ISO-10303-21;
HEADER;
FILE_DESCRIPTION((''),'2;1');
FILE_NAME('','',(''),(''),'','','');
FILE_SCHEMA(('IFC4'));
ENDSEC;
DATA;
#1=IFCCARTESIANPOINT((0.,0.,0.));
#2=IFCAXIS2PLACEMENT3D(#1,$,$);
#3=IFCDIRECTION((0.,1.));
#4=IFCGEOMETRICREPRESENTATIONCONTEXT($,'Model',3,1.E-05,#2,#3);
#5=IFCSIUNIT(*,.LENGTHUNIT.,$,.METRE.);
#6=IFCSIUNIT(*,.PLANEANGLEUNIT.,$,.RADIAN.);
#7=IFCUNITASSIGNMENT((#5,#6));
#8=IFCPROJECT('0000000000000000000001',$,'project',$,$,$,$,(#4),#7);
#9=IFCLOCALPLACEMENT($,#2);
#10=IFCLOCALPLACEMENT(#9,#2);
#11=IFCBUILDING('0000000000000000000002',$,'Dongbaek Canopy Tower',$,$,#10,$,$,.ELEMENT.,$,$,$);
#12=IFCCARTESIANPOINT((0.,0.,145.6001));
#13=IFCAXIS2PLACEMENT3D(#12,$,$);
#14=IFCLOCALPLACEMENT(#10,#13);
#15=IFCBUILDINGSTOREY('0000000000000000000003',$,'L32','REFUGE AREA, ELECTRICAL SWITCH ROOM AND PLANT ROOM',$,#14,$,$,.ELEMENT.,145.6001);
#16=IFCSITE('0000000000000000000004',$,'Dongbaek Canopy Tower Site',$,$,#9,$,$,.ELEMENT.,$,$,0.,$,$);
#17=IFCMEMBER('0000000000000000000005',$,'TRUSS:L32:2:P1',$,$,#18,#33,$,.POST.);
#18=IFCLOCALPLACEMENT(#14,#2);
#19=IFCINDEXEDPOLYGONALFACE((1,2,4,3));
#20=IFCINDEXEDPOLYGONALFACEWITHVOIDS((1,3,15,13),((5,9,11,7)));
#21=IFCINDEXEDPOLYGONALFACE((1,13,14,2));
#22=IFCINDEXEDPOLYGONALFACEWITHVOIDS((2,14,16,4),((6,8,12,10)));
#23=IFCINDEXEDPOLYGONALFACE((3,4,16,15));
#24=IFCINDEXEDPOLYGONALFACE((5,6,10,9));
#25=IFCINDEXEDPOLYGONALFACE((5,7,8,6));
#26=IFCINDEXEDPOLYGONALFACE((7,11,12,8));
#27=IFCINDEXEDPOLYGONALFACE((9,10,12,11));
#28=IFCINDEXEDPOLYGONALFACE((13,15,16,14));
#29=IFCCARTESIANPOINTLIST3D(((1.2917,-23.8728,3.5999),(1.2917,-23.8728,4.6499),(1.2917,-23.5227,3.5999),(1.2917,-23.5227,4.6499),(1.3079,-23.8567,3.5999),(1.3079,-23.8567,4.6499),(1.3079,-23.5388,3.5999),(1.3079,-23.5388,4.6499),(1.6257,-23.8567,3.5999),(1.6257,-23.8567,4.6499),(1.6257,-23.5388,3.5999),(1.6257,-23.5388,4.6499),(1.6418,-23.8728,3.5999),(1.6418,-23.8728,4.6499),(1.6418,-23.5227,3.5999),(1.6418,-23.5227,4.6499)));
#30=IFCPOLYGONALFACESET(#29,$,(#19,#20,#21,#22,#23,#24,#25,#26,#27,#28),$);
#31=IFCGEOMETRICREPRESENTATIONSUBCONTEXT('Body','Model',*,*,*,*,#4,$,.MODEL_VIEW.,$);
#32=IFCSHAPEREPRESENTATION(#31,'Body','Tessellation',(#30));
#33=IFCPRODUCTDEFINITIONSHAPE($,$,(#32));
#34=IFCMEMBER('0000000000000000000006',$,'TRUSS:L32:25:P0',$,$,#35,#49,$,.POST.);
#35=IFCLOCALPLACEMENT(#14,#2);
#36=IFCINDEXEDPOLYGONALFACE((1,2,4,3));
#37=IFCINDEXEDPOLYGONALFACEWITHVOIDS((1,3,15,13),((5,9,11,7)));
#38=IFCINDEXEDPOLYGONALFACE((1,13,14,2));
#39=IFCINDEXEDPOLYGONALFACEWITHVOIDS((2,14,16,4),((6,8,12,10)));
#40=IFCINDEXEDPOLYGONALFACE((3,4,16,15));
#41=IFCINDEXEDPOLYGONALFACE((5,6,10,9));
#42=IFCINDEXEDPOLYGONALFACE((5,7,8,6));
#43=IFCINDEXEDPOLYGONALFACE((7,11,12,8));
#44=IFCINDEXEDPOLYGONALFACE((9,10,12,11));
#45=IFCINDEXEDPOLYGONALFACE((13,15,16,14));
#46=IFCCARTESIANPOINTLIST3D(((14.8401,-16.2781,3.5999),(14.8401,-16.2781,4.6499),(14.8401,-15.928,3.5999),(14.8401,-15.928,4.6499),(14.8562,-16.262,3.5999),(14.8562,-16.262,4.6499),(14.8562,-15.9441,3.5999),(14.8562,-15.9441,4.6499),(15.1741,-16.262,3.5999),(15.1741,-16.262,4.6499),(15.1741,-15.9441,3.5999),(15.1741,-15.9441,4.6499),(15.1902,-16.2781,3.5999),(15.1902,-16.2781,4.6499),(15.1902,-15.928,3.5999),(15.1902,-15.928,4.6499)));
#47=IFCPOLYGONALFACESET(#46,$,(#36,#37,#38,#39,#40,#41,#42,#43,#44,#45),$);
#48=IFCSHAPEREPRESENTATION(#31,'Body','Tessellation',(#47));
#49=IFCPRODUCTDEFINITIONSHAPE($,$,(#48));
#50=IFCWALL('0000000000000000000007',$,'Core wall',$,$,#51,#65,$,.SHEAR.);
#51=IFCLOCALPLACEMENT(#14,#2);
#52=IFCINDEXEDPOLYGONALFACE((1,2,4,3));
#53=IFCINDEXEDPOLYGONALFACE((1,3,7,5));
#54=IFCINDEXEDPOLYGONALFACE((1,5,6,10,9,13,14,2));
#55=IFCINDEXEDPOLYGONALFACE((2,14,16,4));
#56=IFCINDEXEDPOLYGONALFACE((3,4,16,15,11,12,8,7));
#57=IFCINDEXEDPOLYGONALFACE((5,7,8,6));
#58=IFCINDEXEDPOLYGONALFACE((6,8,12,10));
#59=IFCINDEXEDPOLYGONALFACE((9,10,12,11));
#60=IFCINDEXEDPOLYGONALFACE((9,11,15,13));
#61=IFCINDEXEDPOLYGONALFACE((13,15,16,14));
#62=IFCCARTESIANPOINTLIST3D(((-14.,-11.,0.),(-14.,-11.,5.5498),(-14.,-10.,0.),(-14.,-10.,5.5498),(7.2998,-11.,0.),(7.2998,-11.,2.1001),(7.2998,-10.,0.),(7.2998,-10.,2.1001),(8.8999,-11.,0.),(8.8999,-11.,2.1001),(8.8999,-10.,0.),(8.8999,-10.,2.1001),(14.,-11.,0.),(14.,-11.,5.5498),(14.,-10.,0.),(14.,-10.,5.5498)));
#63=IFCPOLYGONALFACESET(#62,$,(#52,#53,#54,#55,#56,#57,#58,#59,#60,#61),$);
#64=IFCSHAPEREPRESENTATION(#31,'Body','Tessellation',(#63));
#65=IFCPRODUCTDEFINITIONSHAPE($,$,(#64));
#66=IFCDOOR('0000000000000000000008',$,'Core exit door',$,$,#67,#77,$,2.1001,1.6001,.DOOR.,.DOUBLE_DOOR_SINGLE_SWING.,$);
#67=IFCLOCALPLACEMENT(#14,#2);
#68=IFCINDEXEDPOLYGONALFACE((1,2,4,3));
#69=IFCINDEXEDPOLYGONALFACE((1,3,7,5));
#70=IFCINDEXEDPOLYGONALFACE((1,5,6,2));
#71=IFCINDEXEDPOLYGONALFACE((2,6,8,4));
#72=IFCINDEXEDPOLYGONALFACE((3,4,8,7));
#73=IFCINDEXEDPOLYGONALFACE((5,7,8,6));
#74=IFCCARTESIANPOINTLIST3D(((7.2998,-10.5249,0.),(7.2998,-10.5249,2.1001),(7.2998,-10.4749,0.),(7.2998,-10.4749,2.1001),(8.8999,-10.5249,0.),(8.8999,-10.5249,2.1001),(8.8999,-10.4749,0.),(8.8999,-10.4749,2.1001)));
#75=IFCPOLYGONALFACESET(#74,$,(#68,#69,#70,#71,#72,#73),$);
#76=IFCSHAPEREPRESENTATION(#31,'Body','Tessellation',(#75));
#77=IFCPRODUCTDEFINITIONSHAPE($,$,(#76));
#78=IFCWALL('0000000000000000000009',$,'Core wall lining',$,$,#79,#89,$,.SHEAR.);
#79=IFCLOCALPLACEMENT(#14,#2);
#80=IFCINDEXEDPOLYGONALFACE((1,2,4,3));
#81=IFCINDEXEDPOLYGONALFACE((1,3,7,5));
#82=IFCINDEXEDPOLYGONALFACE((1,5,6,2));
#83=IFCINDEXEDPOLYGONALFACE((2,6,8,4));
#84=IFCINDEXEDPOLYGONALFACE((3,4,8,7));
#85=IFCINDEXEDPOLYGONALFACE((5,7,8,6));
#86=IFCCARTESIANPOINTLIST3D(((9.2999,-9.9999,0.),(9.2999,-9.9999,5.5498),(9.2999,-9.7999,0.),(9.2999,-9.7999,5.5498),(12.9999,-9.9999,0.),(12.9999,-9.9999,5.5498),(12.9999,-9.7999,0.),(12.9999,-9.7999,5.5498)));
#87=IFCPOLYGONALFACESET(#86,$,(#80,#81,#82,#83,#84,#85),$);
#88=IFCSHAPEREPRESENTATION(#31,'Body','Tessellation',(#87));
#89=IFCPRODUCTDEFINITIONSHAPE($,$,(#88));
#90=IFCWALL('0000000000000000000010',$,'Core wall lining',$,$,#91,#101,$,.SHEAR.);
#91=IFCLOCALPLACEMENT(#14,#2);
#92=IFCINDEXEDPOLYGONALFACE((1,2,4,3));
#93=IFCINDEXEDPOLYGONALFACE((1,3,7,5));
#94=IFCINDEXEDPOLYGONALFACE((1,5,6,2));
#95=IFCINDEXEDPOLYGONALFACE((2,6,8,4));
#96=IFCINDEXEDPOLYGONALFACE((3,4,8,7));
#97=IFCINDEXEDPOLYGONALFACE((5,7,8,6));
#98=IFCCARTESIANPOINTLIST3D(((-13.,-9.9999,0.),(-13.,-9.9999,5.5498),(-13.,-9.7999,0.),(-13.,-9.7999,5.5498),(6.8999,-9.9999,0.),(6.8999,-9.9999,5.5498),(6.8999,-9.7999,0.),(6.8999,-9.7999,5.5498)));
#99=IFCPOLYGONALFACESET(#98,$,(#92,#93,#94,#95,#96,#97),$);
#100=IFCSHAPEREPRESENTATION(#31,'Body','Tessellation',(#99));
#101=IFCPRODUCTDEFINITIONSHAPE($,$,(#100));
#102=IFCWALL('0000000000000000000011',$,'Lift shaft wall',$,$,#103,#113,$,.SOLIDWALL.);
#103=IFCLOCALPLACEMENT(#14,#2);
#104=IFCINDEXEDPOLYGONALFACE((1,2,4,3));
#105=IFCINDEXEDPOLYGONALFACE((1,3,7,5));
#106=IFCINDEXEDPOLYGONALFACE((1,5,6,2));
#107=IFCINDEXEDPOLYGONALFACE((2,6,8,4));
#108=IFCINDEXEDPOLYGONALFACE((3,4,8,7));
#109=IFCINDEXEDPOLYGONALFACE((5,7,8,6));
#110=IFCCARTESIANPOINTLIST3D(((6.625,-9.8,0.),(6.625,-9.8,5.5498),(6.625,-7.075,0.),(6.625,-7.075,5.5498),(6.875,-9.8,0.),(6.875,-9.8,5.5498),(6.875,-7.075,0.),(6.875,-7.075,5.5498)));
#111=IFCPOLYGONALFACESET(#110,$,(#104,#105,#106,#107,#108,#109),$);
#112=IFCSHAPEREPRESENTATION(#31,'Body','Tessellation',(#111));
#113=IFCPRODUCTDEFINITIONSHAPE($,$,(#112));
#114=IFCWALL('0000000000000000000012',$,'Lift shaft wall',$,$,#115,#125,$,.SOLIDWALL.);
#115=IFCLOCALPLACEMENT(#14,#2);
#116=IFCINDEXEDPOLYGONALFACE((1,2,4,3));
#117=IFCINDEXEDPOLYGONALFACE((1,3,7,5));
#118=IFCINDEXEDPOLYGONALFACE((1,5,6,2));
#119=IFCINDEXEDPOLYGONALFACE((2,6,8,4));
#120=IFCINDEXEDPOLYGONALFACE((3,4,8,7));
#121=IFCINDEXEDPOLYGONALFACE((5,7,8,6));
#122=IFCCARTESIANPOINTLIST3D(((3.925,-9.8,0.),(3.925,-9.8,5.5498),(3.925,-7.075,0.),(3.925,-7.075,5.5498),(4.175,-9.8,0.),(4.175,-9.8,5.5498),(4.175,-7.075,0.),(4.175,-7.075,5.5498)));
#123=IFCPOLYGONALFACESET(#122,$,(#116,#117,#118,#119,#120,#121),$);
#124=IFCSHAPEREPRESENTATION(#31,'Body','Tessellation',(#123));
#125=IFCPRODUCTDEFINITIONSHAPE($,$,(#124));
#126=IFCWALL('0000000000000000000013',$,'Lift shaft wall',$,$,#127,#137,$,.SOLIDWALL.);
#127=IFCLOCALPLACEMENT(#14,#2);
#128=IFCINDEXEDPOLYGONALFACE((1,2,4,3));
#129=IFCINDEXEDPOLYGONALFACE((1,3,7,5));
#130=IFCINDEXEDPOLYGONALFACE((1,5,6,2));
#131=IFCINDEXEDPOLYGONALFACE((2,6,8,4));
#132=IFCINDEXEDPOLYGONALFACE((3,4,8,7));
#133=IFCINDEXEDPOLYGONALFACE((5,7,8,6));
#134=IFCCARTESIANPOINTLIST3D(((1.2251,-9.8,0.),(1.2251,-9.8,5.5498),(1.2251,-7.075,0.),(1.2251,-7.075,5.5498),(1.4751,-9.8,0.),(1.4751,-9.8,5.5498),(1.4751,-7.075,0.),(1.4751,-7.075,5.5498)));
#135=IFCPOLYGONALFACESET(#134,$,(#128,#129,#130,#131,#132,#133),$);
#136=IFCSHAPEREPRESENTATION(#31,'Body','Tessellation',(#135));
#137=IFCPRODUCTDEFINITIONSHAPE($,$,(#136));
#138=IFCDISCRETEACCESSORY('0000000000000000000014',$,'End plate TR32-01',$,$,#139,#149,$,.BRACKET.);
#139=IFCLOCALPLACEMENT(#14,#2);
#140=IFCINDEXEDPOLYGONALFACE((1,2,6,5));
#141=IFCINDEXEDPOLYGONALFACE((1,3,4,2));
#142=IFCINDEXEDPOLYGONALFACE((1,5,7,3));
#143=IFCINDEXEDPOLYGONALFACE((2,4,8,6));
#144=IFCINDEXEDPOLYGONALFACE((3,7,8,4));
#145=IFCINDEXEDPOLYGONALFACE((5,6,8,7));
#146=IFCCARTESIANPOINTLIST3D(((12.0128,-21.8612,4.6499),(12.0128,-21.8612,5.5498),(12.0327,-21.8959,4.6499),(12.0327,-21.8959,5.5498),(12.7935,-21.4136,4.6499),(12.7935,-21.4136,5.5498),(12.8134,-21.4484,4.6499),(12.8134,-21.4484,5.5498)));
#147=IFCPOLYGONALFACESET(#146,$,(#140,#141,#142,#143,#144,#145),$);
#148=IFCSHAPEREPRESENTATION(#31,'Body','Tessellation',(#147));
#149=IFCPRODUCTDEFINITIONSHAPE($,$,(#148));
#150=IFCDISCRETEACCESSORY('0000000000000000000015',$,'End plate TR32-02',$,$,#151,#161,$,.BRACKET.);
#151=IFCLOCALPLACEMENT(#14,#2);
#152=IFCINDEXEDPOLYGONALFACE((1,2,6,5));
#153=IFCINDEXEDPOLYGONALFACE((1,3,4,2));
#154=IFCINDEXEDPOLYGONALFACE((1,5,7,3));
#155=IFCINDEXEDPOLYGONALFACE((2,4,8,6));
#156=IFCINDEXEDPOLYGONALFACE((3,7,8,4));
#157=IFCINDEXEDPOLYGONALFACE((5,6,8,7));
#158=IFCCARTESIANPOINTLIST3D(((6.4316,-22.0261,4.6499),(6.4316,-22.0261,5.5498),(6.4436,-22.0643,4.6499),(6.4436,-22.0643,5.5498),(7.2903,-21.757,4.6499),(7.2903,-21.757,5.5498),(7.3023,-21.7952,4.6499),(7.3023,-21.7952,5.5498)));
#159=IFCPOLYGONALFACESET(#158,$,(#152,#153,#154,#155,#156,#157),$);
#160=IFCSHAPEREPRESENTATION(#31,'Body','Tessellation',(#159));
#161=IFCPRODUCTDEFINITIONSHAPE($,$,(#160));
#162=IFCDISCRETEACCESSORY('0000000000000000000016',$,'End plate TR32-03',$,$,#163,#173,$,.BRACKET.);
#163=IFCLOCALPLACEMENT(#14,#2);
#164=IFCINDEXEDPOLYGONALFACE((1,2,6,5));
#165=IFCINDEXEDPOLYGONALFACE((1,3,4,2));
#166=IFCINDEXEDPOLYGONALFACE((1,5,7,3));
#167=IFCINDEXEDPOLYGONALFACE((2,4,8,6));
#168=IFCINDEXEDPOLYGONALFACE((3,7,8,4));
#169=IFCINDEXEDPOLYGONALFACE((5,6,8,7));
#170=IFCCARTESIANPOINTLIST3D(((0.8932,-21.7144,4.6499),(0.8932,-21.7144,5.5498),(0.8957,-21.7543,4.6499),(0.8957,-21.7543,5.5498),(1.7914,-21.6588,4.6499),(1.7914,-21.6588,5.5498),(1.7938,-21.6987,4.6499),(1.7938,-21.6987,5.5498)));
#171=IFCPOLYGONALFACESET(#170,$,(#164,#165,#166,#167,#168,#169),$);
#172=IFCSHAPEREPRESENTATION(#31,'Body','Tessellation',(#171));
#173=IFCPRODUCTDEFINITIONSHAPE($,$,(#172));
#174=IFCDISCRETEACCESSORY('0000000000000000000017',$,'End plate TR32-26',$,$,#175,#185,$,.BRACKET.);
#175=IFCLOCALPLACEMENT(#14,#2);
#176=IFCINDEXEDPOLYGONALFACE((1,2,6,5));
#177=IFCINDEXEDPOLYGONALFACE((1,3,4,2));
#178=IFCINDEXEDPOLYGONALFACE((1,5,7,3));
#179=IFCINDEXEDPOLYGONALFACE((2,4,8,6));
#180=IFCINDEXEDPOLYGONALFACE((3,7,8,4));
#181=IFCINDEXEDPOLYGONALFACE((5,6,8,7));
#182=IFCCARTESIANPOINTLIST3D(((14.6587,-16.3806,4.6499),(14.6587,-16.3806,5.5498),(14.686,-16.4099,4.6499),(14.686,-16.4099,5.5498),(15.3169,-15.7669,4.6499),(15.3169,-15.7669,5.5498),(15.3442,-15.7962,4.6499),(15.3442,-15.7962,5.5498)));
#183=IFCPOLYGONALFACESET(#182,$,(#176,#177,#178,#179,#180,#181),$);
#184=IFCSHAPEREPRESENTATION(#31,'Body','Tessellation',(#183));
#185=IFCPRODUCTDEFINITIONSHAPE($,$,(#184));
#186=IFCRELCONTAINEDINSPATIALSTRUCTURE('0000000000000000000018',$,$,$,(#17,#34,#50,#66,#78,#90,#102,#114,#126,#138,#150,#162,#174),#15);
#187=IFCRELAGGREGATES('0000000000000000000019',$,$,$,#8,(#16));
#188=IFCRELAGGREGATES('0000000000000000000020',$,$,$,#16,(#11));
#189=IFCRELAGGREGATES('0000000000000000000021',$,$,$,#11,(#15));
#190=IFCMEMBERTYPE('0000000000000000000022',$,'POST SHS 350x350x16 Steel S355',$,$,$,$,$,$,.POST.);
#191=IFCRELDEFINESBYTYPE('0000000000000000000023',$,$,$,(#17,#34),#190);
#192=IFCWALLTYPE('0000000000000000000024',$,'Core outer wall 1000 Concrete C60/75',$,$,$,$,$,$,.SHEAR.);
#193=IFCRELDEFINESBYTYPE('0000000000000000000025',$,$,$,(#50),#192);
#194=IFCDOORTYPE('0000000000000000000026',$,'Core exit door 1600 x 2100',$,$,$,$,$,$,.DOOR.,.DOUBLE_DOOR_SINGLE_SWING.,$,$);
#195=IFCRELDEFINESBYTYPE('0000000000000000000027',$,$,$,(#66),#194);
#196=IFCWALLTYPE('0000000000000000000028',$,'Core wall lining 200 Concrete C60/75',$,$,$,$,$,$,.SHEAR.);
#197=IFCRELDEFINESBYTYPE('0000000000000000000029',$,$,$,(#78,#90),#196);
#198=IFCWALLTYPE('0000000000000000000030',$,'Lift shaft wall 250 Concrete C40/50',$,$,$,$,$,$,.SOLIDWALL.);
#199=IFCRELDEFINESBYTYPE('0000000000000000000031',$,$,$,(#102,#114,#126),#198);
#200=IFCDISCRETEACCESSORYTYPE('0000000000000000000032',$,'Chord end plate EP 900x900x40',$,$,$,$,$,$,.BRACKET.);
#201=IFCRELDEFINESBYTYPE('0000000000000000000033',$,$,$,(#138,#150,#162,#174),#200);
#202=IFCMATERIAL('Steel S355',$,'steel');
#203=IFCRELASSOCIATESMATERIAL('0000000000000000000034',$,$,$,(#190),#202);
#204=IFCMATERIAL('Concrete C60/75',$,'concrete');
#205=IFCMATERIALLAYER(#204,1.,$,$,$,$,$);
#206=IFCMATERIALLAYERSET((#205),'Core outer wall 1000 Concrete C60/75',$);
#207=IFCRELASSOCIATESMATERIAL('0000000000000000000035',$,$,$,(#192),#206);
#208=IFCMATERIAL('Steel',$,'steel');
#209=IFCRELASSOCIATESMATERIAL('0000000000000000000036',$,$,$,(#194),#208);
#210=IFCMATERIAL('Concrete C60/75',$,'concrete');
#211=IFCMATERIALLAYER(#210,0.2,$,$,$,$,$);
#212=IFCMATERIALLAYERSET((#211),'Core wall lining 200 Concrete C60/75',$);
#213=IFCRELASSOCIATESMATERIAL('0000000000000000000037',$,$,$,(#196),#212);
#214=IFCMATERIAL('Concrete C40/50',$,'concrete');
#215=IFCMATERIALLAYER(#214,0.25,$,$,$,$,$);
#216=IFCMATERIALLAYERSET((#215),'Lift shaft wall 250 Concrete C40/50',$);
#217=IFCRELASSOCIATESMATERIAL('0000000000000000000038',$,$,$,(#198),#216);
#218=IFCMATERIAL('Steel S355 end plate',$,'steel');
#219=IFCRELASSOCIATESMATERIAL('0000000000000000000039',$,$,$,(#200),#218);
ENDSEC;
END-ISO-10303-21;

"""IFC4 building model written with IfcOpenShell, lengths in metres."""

from ifc_helpers import new_model, si_unit, direction, frame, frame_2d, origin, origin_2d, place, context, subcontext, project, spatial, rectangle, hollow_rectangle, extrude, material, layer, layer_set, material_profile, profile_set, type_object, element, fill, save


model = new_model("IFC4")

# Units and contexts
model_context = context("Model", 3, precision=1e-05, world=origin(), true_north=direction((0.0, 1.0)))
body_context = subcontext(model_context, "Body", "Model", "MODEL_VIEW")
ifc_project = project(units=[si_unit("LENGTHUNIT", "METRE"), si_unit("PLANEANGLEUNIT", "RADIAN")], contexts=[model_context])

# Site, building, storey
site_placement = place(None, origin())
site = spatial("IfcSite", under=ifc_project, at=site_placement, Name="Dongbaek Canopy Tower Site", CompositionType="ELEMENT", RefElevation=0.0)
building_placement = place(site_placement, origin())
building = spatial("IfcBuilding", under=site, at=building_placement, Name="Dongbaek Canopy Tower", CompositionType="ELEMENT")
storey_placement = place(building_placement, frame((0.0, 0.0, 145.6001)))
storey = spatial("IfcBuildingStorey", under=building, at=storey_placement, Name="L32", Description="REFUGE AREA, ELECTRICAL SWITCH ROOM AND PLANT ROOM", CompositionType="ELEMENT", Elevation=145.6001)

# Members
ifc_material_1 = material(Name="Steel S355", Category="steel")
ifc_material_profile_1 = material_profile(ifc_material_1, hollow_rectangle(XDim=0.3501, YDim=0.3501, WallThickness=0.0161, at=origin_2d()), Name="POST SHS 350x350x16 Steel S355")
ifc_profile_set_1 = profile_set([ifc_material_profile_1], Name="Steel S355")
member_type_1 = type_object("IfcMemberType", Name="POST SHS 350x350x16 Steel S355", PredefinedType="POST", material=ifc_profile_set_1)
for number, where, z_axis, x_axis, name in (
    (1, (1.4668, -23.6978, 3.5999), (0.0, 0.0, 1.0), (1.0, 0.0, 0.0), "TRUSS:L32:2:P1"),
    (2, (15.0151, -16.103, 3.5999), (0.0, 0.0, 1.0), (1.0, 0.0, 0.0), "TRUSS:L32:25:P0"),
):
    element("IfcMember", number, at=place(storey_placement, frame(where, z_axis=z_axis, x_axis=x_axis)), inside=storey, type_object=member_type_1, Name=name, PredefinedType="POST", context=body_context, shape_type="SweptSolid", body=[
        extrude(hollow_rectangle(XDim=0.3501, YDim=0.3501, WallThickness=0.0161, at=origin_2d()), origin(), (0.0, 0.0, 1.0), 1.05),
    ])

# Wall, opening, door
ifc_material_2 = material(Name="Concrete C60/75", Category="concrete")
ifc_layer_1 = layer(ifc_material_2, 1.0)
ifc_layer_set_1 = layer_set([ifc_layer_1], Name="Core outer wall 1000 Concrete C60/75")
wall_type_1 = type_object("IfcWallType", Name="Core outer wall 1000 Concrete C60/75", PredefinedType="SHEAR", material=ifc_layer_set_1)
wall_1_placement = place(storey_placement, frame((14.0, -10.5, 0.0), z_axis=(0.0, 0.0, 1.0), x_axis=(-1.0, 0.0, 0.0)))
wall_1 = element("IfcWall", 3, at=wall_1_placement, inside=storey, type_object=wall_type_1, Name="Core wall", PredefinedType="SHEAR", context=body_context, shape_type="SweptSolid", body=[
    extrude(rectangle(XDim=28.0, YDim=1.0, at=frame_2d((14.0, 0.0))), origin(), (0.0, 0.0, 1.0), 5.5498),
])
opening_placement = place(wall_1_placement, frame((5.1001, 0.0, 0.0)))
opening = element("IfcOpeningElement", 4, at=opening_placement, cuts=wall_1, PredefinedType="OPENING", context=body_context, shape_type="SweptSolid", body=[
    extrude(rectangle(XDim=1.6001, YDim=2.1001, at=frame_2d((0.8, 1.05))), frame((0.0, 0.51, 0.0), z_axis=(0.0, -1.0, 0.0), x_axis=(1.0, 0.0, 0.0)), (0.0, 0.0, 1.0), 1.02),
])
ifc_material_3 = material(Name="Steel", Category="steel")
door_type = type_object("IfcDoorType", Name="Core exit door 1600 x 2100", OperationType="DOUBLE_DOOR_SINGLE_SWING", PredefinedType="DOOR", material=ifc_material_3)
door_placement = place(opening_placement, origin())
door = element("IfcDoor", 5, at=door_placement, inside=storey, type_object=door_type, Name="Core exit door", OperationType="DOUBLE_DOOR_SINGLE_SWING", OverallHeight=2.1001, OverallWidth=1.6001, PredefinedType="DOOR", context=body_context, shape_type="SweptSolid", body=[
    extrude(rectangle(XDim=1.6001, YDim=2.1001, at=frame_2d((0.8, 1.05))), frame((0.0, 0.0249, 0.0), z_axis=(0.0, -1.0, 0.0), x_axis=(1.0, 0.0, 0.0)), (0.0, 0.0, 1.0), 0.05),
])
fill(opening, door)

# Walls
ifc_material_4 = material(Name="Concrete C60/75", Category="concrete")
ifc_layer_2 = layer(ifc_material_4, 0.2)
ifc_layer_set_2 = layer_set([ifc_layer_2], Name="Core wall lining 200 Concrete C60/75")
wall_type_2 = type_object("IfcWallType", Name="Core wall lining 200 Concrete C60/75", PredefinedType="SHEAR", material=ifc_layer_set_2)
wall_2_placement = place(storey_placement, frame((13.0, -9.8999, 0.0), z_axis=(0.0, 0.0, 1.0), x_axis=(-1.0, 0.0, 0.0)))
element("IfcWall", 6, at=wall_2_placement, inside=storey, type_object=wall_type_2, Name="Core wall lining", PredefinedType="SHEAR", context=body_context, shape_type="SweptSolid", body=[
    extrude(rectangle(XDim=3.7, YDim=0.2, at=frame_2d((1.8501, 0.0))), origin(), (0.0, 0.0, 1.0), 5.5498),
])
wall_3_placement = place(storey_placement, frame((6.8999, -9.8999, 0.0), z_axis=(0.0, 0.0, 1.0), x_axis=(-1.0, 0.0, 0.0)))
element("IfcWall", 7, at=wall_3_placement, inside=storey, type_object=wall_type_2, Name="Core wall lining", PredefinedType="SHEAR", context=body_context, shape_type="SweptSolid", body=[
    extrude(rectangle(XDim=19.8999, YDim=0.2, at=frame_2d((9.95, 0.0))), origin(), (0.0, 0.0, 1.0), 5.5498),
])
ifc_material_5 = material(Name="Concrete C40/50", Category="concrete")
ifc_layer_3 = layer(ifc_material_5, 0.25)
ifc_layer_set_3 = layer_set([ifc_layer_3], Name="Lift shaft wall 250 Concrete C40/50")
wall_type_3 = type_object("IfcWallType", Name="Lift shaft wall 250 Concrete C40/50", PredefinedType="SOLIDWALL", material=ifc_layer_set_3)
for number, where, z_axis, x_axis, name in (
    (8, (6.75, -9.8, 0.0), (0.0, 0.0, 1.0), (0.0, 1.0, 0.0), "Lift shaft wall"),
    (9, (4.05, -9.8, 0.0), (0.0, 0.0, 1.0), (0.0, 1.0, 0.0), "Lift shaft wall"),
    (10, (1.3501, -9.8, 0.0), (0.0, 0.0, 1.0), (0.0, 1.0, 0.0), "Lift shaft wall"),
):
    element("IfcWall", number, at=place(storey_placement, frame(where, z_axis=z_axis, x_axis=x_axis)), inside=storey, type_object=wall_type_3, Name=name, PredefinedType="SOLIDWALL", context=body_context, shape_type="SweptSolid", body=[
        extrude(rectangle(XDim=2.7251, YDim=0.25, at=frame_2d((1.3625, 0.0))), origin(), (0.0, 0.0, 1.0), 5.5498),
    ])

# Discrete accessories
ifc_material_6 = material(Name="Steel S355 end plate", Category="steel")
discrete_accessory_type = type_object("IfcDiscreteAccessoryType", Name="Chord end plate EP 900x900x40", PredefinedType="BRACKET", material=ifc_material_6)
for number, where, z_axis, x_axis, name in (
    (11, (12.4131, -21.6548, 4.6499), (0.0, 0.0, 1.0), (0.497315, -0.86757, 0.0), "End plate TR32-01"),
    (12, (6.8669, -21.9106, 4.6499), (0.0, 0.0, 1.0), (0.299064, -0.954233, 0.0), "End plate TR32-02"),
    (13, (1.3435, -21.7065, 4.6499), (0.0, 0.0, 1.0), (0.061777, -0.99809, 0.0), "End plate TR32-03"),
    (14, (15.0015, -16.0884, 4.6499), (0.0, 0.0, 1.0), (0.681969, -0.731381, 0.0), "End plate TR32-26"),
):
    element("IfcDiscreteAccessory", number, at=place(storey_placement, frame(where, z_axis=z_axis, x_axis=x_axis)), inside=storey, type_object=discrete_accessory_type, Name=name, PredefinedType="BRACKET", context=body_context, shape_type="SweptSolid", body=[
        extrude(rectangle(XDim=0.04, YDim=0.8999, at=origin_2d()), origin(), (0.0, 0.0, 1.0), 0.8999),
    ])

save(model, "model.ifc")
